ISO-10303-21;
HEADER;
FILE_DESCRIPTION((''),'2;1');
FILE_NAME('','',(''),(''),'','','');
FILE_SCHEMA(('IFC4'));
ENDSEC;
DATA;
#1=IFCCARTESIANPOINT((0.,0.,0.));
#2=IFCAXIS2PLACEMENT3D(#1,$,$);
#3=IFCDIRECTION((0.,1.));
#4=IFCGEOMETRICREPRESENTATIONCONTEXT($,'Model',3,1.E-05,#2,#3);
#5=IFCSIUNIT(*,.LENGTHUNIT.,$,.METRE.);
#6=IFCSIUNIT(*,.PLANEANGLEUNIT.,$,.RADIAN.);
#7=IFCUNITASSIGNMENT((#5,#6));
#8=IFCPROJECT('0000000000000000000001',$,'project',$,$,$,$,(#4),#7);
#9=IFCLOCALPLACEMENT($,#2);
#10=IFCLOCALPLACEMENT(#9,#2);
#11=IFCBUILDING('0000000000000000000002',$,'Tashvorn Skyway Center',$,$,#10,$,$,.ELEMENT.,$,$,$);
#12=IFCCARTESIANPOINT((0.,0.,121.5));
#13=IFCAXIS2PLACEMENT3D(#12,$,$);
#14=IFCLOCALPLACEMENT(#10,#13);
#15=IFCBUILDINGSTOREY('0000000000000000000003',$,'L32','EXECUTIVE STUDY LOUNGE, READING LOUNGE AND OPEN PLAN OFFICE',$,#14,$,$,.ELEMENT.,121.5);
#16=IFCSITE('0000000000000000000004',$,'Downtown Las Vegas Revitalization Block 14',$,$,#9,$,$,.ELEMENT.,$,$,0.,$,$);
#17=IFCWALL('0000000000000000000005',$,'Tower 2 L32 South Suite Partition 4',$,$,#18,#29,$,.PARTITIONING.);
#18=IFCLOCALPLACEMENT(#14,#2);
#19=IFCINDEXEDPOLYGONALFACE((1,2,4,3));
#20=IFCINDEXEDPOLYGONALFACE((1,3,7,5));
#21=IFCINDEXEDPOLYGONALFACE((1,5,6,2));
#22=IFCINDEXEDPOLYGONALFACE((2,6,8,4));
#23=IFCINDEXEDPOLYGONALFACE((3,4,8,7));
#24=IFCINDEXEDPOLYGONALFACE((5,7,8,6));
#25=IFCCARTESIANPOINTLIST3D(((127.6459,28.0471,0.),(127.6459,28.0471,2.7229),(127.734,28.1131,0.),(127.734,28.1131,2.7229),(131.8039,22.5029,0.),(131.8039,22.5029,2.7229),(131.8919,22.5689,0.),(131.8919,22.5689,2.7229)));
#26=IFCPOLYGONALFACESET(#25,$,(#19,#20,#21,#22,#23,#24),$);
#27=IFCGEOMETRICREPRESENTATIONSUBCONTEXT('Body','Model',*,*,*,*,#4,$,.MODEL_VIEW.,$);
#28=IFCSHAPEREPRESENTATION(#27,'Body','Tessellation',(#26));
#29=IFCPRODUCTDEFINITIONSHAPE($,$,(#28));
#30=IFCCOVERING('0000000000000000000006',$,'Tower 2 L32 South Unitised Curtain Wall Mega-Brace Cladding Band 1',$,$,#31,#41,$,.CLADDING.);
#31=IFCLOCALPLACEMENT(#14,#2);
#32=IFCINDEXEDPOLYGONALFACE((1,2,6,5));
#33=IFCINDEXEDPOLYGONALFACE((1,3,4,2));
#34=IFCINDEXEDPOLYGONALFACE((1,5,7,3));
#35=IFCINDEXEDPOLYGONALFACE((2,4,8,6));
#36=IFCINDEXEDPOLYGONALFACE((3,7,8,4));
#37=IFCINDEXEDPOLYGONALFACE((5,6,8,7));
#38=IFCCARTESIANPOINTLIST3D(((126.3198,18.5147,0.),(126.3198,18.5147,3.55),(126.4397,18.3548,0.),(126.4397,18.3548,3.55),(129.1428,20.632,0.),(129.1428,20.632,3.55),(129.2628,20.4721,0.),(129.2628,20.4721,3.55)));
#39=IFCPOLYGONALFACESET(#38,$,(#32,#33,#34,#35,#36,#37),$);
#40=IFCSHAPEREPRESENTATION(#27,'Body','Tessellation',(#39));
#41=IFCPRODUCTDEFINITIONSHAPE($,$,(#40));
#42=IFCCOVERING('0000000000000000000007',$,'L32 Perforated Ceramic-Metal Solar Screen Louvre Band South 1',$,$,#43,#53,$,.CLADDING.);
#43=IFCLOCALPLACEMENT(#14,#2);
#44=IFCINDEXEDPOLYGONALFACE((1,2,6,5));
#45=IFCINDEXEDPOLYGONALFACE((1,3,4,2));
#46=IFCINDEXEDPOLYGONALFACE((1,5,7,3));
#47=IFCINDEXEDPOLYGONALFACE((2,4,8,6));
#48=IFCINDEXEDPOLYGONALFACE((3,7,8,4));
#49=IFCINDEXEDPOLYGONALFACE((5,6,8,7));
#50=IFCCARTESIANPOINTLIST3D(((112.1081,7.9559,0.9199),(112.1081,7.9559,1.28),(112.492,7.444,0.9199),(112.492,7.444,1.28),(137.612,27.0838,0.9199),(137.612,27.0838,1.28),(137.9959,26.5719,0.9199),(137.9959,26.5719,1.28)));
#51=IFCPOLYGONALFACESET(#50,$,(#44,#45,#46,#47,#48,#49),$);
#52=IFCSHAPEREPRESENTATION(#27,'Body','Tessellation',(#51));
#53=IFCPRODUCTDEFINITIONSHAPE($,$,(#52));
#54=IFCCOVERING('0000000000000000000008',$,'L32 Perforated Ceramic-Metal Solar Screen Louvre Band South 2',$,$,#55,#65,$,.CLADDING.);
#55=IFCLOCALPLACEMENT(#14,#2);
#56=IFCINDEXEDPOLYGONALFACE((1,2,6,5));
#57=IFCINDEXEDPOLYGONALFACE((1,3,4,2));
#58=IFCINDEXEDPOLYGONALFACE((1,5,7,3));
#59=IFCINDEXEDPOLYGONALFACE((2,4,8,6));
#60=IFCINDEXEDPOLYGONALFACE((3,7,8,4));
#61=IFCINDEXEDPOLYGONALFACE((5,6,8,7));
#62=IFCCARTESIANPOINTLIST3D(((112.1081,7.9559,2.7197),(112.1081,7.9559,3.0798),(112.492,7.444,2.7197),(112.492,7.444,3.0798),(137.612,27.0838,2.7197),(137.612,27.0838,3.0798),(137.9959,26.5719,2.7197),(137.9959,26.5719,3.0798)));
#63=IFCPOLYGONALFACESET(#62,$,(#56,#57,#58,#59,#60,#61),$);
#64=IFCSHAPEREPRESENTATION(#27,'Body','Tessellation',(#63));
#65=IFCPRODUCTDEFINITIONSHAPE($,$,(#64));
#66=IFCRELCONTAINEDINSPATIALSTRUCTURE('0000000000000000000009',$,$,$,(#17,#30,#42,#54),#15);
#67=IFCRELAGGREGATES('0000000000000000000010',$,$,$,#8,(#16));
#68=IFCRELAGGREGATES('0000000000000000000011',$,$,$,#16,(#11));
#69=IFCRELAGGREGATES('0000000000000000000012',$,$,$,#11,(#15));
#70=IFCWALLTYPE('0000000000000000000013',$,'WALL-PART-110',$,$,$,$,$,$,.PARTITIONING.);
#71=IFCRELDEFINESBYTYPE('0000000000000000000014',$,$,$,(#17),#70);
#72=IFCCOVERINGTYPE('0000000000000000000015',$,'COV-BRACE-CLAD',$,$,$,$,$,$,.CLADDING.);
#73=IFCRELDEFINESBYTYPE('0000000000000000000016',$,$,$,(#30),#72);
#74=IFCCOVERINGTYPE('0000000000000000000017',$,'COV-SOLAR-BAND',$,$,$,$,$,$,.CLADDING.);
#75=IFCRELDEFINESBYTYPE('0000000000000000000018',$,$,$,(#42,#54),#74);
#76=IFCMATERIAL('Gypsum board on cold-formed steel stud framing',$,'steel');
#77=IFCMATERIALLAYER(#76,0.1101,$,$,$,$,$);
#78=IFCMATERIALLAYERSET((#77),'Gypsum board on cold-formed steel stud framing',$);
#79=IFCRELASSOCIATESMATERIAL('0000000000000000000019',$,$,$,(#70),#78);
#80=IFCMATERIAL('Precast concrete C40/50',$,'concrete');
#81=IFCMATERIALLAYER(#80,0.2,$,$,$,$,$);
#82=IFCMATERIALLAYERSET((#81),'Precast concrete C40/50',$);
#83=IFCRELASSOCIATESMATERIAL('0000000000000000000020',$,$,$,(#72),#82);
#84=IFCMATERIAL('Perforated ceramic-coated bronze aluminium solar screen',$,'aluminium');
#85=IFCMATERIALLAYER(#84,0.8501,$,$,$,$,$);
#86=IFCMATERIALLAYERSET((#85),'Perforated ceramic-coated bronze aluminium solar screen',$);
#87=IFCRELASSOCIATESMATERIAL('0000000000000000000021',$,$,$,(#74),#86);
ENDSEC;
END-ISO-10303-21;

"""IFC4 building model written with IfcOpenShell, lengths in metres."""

from ifc_helpers import new_model, si_unit, direction, frame, frame_2d, origin, origin_2d, place, context, subcontext, project, spatial, rectangle, extrude, material, layer, layer_set, type_object, element, save


model = new_model("IFC4")

# Units and contexts
model_context = context("Model", 3, precision=1e-05, world=origin(), true_north=direction((0.0, 1.0)))
body_context = subcontext(model_context, "Body", "Model", "MODEL_VIEW")
ifc_project = project(units=[si_unit("LENGTHUNIT", "METRE"), si_unit("PLANEANGLEUNIT", "RADIAN")], contexts=[model_context])

# Site, building, storey
site_placement = place(None, origin())
site = spatial("IfcSite", under=ifc_project, at=site_placement, Name="Downtown Las Vegas Revitalization Block 14", CompositionType="ELEMENT", RefElevation=0.0)
building_placement = place(site_placement, origin())
building = spatial("IfcBuilding", under=site, at=building_placement, Name="Tashvorn Skyway Center", CompositionType="ELEMENT")
storey_placement = place(building_placement, frame((0.0, 0.0, 121.5)))
storey = spatial("IfcBuildingStorey", under=building, at=storey_placement, Name="L32", Description="EXECUTIVE STUDY LOUNGE, READING LOUNGE AND OPEN PLAN OFFICE", CompositionType="ELEMENT", Elevation=121.5)

# Wall
ifc_material_1 = material(Name="Gypsum board on cold-formed steel stud framing", Category="steel")
ifc_layer_1 = layer(ifc_material_1, 0.1101)
ifc_layer_set_1 = layer_set([ifc_layer_1], Name="Gypsum board on cold-formed steel stud framing")
wall_type = type_object("IfcWallType", Name="WALL-PART-110", PredefinedType="PARTITIONING", material=ifc_layer_set_1)
wall_1_placement = place(storey_placement, frame((131.8479, 22.5359, 0.0), z_axis=(0.0, 0.0, 1.0), x_axis=(-0.599983, 0.800013, 0.0)))
element("IfcWall", 1, at=wall_1_placement, inside=storey, type_object=wall_type, Name="Tower 2 L32 South Suite Partition 4", PredefinedType="PARTITIONING", context=body_context, shape_type="SweptSolid", body=[
    extrude(rectangle(XDim=6.9302, YDim=0.1101, at=frame_2d((3.4651, 0.0))), origin(), (0.0, 0.0, 1.0), 2.7229),
])

# Coverings
ifc_material_2 = material(Name="Precast concrete C40/50", Category="concrete")
ifc_layer_2 = layer(ifc_material_2, 0.2)
ifc_layer_set_2 = layer_set([ifc_layer_2], Name="Precast concrete C40/50")
covering_type_1 = type_object("IfcCoveringType", Name="COV-BRACE-CLAD", PredefinedType="CLADDING", material=ifc_layer_set_2)
covering_placement = place(storey_placement, frame((127.7913, 19.4934, 0.0), z_axis=(0.0, 0.0, 1.0), x_axis=(-0.8, -0.6, 0.0)))
element("IfcCovering", 2, at=covering_placement, inside=storey, type_object=covering_type_1, Name="Tower 2 L32 South Unitised Curtain Wall Mega-Brace Cladding Band 1", PredefinedType="CLADDING", context=body_context, shape_type="SweptSolid", body=[
    extrude(rectangle(XDim=3.5288, YDim=0.2, at=origin_2d()), origin(), (0.0, 0.0, 1.0), 3.55),
])
ifc_material_3 = material(Name="Perforated ceramic-coated bronze aluminium solar screen", Category="aluminium")
ifc_layer_3 = layer(ifc_material_3, 0.8501)
ifc_layer_set_3 = layer_set([ifc_layer_3], Name="Perforated ceramic-coated bronze aluminium solar screen")
covering_type_2 = type_object("IfcCoveringType", Name="COV-SOLAR-BAND", PredefinedType="CLADDING", material=ifc_layer_set_3)
for number, where, z_axis, x_axis, name in (
    (3, (125.052, 17.2639, 0.9199), (0.0, 0.0, 1.0), (-0.8, -0.6, 0.0), "L32 Perforated Ceramic-Metal Solar Screen Louvre Band South 1"),
    (4, (125.052, 17.2639, 2.7197), (0.0, 0.0, 1.0), (-0.8, -0.6, 0.0), "L32 Perforated Ceramic-Metal Solar Screen Louvre Band South 2"),
):
    element("IfcCovering", number, at=place(storey_placement, frame(where, z_axis=z_axis, x_axis=x_axis)), inside=storey, type_object=covering_type_2, Name=name, PredefinedType="CLADDING", context=body_context, shape_type="SweptSolid", body=[
        extrude(rectangle(XDim=31.8799, YDim=0.6399, at=origin_2d()), origin(), (0.0, 0.0, 1.0), 0.3601),
    ])

save(model, "model.ifc")
